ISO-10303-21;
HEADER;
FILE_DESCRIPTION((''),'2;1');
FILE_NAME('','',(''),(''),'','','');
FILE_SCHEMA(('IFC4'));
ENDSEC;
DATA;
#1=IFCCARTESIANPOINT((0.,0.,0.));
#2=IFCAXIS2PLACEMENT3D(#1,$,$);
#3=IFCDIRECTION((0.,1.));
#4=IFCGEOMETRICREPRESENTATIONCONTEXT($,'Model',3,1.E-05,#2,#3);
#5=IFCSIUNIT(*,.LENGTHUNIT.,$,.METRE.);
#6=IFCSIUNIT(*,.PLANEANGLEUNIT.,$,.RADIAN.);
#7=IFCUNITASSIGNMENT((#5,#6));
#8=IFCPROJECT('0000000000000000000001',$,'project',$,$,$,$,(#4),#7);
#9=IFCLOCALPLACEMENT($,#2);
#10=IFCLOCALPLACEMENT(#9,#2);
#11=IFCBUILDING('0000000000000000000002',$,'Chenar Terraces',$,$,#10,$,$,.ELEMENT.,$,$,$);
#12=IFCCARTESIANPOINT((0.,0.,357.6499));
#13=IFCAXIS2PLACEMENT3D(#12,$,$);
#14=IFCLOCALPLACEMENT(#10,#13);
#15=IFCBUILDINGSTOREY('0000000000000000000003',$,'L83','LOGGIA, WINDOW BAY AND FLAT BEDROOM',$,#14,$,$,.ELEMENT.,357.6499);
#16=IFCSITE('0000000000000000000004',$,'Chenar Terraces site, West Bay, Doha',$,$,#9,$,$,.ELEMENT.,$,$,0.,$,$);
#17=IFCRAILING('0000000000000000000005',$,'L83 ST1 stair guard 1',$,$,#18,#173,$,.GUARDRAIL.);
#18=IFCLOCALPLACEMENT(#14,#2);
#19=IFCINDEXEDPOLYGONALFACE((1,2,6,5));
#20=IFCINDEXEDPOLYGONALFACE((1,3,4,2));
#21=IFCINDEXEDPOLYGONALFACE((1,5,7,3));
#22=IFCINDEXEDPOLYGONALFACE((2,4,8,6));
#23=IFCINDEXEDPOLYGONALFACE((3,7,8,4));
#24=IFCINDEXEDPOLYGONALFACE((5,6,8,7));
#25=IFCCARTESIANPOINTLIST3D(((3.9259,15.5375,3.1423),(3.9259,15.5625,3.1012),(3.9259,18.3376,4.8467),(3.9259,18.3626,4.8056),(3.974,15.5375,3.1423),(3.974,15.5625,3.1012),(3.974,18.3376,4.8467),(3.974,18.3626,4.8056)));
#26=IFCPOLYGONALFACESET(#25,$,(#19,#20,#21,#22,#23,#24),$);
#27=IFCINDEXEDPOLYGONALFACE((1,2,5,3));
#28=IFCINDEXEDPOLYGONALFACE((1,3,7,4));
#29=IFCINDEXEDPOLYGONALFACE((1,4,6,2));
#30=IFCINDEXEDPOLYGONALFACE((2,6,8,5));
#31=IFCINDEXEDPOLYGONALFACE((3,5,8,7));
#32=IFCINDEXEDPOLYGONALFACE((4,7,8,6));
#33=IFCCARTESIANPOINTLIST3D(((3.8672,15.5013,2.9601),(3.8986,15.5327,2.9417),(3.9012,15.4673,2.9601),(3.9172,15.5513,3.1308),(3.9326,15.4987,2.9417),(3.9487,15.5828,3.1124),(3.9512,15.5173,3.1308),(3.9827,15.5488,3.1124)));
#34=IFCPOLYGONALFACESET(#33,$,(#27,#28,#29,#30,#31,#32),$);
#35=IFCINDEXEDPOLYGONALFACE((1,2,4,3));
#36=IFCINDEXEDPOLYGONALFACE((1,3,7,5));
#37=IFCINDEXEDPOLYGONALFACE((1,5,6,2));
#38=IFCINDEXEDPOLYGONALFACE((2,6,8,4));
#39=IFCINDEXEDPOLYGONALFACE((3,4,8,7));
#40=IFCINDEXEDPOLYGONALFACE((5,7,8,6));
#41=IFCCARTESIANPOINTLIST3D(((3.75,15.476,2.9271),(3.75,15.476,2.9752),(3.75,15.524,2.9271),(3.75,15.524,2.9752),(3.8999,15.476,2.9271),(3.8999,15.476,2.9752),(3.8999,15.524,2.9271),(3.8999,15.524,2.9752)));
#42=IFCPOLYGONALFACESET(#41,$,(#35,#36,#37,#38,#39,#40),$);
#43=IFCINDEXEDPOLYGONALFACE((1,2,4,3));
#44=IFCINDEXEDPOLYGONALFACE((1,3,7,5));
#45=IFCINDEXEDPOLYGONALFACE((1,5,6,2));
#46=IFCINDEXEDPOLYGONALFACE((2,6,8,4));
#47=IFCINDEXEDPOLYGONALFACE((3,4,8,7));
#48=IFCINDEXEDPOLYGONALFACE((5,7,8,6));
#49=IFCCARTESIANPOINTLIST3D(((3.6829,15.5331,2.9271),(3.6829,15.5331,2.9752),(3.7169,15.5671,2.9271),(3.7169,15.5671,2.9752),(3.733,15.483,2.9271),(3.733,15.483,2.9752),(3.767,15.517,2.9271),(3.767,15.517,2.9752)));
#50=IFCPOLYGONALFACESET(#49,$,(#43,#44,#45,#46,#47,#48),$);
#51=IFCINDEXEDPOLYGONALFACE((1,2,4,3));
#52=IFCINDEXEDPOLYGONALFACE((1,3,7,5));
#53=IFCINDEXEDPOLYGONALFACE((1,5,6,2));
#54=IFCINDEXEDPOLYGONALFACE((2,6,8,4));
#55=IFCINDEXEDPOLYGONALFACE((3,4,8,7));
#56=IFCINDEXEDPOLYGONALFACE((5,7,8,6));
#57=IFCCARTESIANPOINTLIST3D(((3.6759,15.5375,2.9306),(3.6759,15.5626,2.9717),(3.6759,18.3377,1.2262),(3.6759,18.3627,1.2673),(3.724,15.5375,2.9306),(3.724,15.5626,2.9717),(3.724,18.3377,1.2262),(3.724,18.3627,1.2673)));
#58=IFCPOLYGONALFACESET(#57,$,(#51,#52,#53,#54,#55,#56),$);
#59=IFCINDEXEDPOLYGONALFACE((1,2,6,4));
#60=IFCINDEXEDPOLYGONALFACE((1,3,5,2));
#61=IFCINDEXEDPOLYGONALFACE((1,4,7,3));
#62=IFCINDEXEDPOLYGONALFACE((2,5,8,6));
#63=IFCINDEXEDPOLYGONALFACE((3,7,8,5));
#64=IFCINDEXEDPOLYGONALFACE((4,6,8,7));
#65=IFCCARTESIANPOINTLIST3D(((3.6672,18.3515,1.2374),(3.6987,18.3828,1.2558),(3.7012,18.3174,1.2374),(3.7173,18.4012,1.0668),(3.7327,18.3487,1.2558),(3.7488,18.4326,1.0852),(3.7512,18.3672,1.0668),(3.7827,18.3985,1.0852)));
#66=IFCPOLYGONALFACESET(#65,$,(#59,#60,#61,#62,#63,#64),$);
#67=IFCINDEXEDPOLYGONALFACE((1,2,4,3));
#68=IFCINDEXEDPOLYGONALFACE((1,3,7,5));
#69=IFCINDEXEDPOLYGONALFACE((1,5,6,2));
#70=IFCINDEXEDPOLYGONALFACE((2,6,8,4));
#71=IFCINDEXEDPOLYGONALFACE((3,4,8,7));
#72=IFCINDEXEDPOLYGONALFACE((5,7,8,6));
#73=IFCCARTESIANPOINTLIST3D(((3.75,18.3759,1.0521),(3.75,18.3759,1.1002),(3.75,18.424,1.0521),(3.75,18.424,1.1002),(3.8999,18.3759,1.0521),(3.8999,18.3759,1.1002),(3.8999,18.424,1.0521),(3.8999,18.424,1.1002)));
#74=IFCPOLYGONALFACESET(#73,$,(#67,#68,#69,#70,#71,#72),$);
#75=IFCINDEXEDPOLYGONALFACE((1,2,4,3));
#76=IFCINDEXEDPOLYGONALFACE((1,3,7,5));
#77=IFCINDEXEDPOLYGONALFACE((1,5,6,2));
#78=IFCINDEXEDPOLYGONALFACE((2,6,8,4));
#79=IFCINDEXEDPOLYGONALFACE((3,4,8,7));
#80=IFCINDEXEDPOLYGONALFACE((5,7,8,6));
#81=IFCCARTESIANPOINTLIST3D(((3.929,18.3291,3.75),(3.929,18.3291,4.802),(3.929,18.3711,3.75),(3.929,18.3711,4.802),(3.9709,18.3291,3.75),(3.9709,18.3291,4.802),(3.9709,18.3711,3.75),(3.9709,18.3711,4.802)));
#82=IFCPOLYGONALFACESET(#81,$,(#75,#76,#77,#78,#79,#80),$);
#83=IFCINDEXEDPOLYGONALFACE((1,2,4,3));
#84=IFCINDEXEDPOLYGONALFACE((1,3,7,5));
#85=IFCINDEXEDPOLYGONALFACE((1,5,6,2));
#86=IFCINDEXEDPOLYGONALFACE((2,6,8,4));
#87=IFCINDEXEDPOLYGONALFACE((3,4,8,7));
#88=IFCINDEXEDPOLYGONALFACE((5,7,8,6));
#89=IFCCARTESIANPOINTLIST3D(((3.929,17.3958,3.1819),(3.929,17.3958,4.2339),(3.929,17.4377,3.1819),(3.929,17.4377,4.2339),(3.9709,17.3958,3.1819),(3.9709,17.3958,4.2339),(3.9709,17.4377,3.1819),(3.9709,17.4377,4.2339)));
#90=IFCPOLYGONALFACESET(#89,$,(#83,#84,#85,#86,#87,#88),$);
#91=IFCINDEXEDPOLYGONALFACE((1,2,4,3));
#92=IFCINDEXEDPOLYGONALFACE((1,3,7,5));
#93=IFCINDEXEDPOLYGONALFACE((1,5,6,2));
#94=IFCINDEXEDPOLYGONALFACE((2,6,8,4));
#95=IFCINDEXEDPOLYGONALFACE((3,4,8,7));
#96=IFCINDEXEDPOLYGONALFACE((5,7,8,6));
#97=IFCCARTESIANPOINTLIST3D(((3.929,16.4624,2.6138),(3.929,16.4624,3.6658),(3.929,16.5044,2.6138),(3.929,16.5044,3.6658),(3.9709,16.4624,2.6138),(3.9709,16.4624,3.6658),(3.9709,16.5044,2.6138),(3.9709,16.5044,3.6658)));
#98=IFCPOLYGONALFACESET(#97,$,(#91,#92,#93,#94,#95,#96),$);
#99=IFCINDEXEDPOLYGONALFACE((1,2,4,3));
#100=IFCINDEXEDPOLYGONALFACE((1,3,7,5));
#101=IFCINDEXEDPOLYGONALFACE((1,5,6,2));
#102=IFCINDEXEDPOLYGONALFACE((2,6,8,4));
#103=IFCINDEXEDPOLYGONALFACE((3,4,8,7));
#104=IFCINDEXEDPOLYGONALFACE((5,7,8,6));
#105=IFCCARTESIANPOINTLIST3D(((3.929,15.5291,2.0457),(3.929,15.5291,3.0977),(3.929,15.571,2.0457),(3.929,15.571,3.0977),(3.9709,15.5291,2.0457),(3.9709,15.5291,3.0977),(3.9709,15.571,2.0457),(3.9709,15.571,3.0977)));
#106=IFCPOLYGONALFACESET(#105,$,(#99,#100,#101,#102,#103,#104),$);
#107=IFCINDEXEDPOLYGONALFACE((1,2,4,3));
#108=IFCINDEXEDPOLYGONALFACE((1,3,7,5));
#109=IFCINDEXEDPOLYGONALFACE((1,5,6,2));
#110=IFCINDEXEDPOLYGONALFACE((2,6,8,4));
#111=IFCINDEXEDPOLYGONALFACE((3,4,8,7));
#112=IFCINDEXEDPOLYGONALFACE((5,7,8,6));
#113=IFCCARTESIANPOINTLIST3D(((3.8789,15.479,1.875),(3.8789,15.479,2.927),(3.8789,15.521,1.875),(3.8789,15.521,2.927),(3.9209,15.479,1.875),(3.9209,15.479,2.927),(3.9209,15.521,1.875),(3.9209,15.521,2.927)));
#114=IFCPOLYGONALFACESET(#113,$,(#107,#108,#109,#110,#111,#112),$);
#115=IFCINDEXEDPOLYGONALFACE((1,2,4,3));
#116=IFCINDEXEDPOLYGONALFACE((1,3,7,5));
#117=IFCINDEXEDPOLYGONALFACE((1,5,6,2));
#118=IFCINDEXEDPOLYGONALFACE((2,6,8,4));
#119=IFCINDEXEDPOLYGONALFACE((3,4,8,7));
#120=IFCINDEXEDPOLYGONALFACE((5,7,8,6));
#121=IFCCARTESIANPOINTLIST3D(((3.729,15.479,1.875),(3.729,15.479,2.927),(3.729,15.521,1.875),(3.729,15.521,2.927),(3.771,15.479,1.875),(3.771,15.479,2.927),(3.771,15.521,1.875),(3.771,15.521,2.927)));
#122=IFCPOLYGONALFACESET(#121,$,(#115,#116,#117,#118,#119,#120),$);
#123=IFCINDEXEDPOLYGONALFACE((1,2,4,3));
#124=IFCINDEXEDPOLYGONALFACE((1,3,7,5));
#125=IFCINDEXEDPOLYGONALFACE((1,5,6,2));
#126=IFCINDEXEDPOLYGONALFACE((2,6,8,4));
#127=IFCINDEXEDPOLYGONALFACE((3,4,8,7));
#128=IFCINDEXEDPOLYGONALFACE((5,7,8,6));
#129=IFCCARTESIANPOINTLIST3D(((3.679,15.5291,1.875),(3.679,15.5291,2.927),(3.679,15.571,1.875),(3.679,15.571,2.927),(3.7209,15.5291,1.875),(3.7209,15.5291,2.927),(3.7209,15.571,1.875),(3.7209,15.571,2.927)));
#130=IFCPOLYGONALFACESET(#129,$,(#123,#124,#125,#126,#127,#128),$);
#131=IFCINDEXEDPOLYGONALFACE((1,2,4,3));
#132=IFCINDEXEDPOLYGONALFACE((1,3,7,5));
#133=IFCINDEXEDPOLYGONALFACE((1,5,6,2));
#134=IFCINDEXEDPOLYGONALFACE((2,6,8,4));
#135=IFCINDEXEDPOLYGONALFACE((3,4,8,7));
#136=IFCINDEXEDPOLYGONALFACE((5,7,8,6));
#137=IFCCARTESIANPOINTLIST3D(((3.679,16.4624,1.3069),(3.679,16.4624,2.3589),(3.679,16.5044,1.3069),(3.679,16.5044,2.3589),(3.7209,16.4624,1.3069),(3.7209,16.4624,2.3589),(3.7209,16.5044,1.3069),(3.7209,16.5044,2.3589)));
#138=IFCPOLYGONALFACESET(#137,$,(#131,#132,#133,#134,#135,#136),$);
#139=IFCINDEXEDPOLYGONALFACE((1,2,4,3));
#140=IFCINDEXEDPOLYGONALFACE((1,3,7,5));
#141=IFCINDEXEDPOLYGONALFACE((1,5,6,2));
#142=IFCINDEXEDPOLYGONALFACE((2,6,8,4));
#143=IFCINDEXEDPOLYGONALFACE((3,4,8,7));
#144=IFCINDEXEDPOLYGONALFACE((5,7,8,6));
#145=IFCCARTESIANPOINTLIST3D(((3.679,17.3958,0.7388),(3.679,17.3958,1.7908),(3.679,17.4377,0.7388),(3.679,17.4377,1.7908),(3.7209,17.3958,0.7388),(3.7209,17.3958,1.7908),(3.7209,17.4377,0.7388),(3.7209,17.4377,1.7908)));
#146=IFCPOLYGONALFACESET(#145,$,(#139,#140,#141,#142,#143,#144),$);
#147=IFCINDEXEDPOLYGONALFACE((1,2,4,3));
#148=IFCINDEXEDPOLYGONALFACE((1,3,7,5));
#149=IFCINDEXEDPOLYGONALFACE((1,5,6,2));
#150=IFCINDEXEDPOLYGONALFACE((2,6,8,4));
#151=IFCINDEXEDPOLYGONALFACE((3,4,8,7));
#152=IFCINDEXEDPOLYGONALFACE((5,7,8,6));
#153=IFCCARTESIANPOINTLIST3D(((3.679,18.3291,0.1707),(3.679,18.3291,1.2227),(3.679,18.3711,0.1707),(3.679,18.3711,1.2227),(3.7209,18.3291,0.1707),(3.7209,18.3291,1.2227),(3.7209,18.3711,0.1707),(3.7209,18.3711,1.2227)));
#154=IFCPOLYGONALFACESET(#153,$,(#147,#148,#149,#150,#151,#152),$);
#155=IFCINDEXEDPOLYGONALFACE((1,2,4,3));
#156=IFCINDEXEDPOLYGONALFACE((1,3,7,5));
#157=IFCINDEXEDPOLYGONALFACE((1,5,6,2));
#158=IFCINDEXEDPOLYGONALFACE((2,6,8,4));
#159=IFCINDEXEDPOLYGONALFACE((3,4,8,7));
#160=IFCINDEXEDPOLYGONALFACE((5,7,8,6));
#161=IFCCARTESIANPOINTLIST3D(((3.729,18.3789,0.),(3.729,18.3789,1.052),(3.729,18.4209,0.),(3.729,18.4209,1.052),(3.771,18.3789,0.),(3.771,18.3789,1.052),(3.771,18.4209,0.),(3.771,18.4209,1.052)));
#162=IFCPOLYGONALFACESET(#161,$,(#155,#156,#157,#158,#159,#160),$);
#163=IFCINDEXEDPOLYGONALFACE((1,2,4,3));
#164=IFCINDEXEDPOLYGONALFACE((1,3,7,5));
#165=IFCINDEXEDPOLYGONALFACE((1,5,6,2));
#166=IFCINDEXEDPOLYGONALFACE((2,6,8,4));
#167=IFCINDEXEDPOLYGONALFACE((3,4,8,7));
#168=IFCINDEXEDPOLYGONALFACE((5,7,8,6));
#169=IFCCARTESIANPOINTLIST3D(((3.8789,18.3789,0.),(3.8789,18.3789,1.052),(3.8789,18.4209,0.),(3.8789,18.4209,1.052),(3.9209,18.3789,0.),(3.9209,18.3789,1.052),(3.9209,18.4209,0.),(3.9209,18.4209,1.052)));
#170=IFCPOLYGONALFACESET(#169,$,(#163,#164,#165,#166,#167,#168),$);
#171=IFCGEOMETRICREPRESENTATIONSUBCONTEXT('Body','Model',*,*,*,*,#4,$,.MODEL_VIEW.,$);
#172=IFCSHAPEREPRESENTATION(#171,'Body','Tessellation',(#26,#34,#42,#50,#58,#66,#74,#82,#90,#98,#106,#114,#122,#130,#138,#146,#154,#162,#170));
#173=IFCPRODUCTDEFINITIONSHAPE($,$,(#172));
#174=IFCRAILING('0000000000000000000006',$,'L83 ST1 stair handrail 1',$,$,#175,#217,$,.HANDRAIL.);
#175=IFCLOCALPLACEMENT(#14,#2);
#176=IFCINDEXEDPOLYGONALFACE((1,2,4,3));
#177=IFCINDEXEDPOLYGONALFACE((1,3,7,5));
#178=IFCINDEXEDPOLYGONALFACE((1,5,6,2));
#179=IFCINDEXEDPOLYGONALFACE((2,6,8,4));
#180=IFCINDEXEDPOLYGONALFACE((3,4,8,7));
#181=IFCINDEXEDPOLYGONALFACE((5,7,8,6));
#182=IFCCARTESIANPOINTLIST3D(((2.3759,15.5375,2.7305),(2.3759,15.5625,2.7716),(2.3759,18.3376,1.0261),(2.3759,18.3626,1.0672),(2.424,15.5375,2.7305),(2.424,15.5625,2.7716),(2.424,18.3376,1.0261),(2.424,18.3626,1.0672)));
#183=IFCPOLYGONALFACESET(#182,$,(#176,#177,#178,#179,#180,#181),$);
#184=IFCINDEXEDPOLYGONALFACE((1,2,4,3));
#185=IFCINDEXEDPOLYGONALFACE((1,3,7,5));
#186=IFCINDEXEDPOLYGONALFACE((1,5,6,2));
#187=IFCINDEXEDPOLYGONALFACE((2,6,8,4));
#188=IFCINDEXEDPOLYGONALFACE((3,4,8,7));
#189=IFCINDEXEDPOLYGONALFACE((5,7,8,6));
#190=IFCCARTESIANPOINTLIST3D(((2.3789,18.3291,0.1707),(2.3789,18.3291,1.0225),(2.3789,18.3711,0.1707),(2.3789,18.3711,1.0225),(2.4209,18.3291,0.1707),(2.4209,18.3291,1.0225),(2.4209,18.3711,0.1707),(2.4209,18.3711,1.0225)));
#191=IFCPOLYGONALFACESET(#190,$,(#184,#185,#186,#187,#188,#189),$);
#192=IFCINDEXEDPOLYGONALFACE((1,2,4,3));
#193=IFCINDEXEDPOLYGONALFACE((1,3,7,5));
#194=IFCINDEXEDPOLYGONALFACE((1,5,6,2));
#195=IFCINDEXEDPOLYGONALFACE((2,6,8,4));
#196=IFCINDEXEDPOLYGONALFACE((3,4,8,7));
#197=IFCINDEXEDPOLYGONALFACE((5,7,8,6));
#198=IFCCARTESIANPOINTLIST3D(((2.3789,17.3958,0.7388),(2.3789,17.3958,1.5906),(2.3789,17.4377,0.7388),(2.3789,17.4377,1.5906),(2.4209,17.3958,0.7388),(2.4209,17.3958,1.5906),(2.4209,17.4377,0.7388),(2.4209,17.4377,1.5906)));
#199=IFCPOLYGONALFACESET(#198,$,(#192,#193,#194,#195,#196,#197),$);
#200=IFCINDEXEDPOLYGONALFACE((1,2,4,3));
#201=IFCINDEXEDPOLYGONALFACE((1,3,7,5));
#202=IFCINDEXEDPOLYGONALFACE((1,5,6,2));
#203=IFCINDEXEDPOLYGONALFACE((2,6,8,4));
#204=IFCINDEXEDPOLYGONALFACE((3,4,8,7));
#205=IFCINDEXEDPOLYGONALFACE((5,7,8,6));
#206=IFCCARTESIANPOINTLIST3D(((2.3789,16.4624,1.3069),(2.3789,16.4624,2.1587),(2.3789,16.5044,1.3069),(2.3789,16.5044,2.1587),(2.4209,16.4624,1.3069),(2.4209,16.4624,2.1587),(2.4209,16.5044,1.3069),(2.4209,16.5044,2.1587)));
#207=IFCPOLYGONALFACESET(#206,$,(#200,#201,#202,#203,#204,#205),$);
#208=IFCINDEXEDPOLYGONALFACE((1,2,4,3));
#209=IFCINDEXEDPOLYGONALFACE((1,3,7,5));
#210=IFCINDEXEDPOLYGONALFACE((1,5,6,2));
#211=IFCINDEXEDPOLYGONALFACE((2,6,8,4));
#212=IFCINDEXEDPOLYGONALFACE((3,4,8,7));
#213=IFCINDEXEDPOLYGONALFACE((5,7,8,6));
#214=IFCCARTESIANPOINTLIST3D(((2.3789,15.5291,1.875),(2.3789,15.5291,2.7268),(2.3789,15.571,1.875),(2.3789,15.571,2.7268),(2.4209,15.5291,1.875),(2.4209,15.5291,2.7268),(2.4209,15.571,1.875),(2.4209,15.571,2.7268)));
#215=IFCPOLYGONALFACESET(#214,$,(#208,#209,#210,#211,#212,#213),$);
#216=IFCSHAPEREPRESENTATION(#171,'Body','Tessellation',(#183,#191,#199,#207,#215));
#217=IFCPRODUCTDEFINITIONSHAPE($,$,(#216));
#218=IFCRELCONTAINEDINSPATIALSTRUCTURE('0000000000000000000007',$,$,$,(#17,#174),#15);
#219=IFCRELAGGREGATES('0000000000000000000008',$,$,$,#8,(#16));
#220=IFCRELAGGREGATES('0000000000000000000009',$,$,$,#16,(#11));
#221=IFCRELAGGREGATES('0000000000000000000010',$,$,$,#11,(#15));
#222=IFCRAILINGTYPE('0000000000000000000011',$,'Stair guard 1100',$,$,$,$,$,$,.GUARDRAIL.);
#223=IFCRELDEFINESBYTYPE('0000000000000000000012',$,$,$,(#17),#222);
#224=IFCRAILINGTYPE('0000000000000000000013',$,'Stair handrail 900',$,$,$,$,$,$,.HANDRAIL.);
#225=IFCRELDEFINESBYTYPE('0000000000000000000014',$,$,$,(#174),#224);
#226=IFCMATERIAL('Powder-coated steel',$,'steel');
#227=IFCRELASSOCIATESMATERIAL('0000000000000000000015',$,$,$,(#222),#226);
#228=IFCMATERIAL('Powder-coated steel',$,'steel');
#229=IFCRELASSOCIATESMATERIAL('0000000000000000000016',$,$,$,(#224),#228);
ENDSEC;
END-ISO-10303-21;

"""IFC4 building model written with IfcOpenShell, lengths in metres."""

from ifc_helpers import new_model, si_unit, direction, frame, origin, origin_2d, place, context, subcontext, project, spatial, rectangle, extrude, material, type_object, element, save


model = new_model("IFC4")

# Units and contexts
model_context = context("Model", 3, precision=1e-05, world=origin(), true_north=direction((0.0, 1.0)))
body_context = subcontext(model_context, "Body", "Model", "MODEL_VIEW")
ifc_project = project(units=[si_unit("LENGTHUNIT", "METRE"), si_unit("PLANEANGLEUNIT", "RADIAN")], contexts=[model_context])

# Site, building, storey
site_placement = place(None, origin())
site = spatial("IfcSite", under=ifc_project, at=site_placement, Name="Chenar Terraces site, West Bay, Doha", CompositionType="ELEMENT", RefElevation=0.0)
building_placement = place(site_placement, origin())
building = spatial("IfcBuilding", under=site, at=building_placement, Name="Chenar Terraces", CompositionType="ELEMENT")
storey_placement = place(building_placement, frame((0.0, 0.0, 357.6499)))
storey = spatial("IfcBuildingStorey", under=building, at=storey_placement, Name="L83", Description="LOGGIA, WINDOW BAY AND FLAT BEDROOM", CompositionType="ELEMENT", Elevation=357.6499)

# Railings
ifc_material_1 = material(Name="Powder-coated steel", Category="steel")
railing_type_1 = type_object("IfcRailingType", Name="Stair guard 1100", PredefinedType="GUARDRAIL", material=ifc_material_1)
railing_1_placement = place(storey_placement, frame((3.95, 18.3501, 3.75)))
element("IfcRailing", 1, at=railing_1_placement, inside=storey, type_object=railing_type_1, Name="L83 ST1 stair guard 1", PredefinedType="GUARDRAIL", context=body_context, shape_type="SweptSolid", body=[
    extrude(rectangle(XDim=0.0481, YDim=0.0481, at=origin_2d()), frame((0.0, 0.0, 1.0762), z_axis=(0.0, -0.854203, -0.51994), x_axis=(1.0, 0.0, 0.0)), (0.0, 0.0, 1.0), 3.2781),
    extrude(rectangle(XDim=0.0481, YDim=0.0481, at=origin_2d()), frame((0.0, -2.8, -0.6284), z_axis=(-0.2709, -0.2709, -0.923703), x_axis=(0.707107, -0.707107, 0.0)), (0.0, 0.0, 1.0), 0.1848),
    extrude(rectangle(XDim=0.0481, YDim=0.0481, at=origin_2d()), frame((-0.05, -2.8501, -0.7988), z_axis=(-1.0, 0.0, 0.0), x_axis=(0.0, -1.0, 0.0)), (0.0, 0.0, 1.0), 0.1499),
    extrude(rectangle(XDim=0.0481, YDim=0.0481, at=origin_2d()), frame((-0.2, -2.8501, -0.7988), z_axis=(-0.707107, 0.707107, 0.0), x_axis=(-0.707107, -0.707107, 0.0)), (0.0, 0.0, 1.0), 0.0708),
    extrude(rectangle(XDim=0.0481, YDim=0.0481, at=origin_2d()), frame((-0.25, -2.8, -0.7988), z_axis=(0.0, 0.854203, -0.51994), x_axis=(-1.0, 0.0, 0.0)), (0.0, 0.0, 1.0), 3.2781),
    extrude(rectangle(XDim=0.0481, YDim=0.0481, at=origin_2d()), frame((-0.25, 0.0, -2.5034), z_axis=(0.270997, 0.269675, -0.924033), x_axis=(-0.705376, 0.708834, 0.0)), (0.0, 0.0, 1.0), 0.1846),
    extrude(rectangle(XDim=0.0481, YDim=0.0481, at=origin_2d()), frame((-0.2, 0.0498, -2.6738), z_axis=(1.0, 0.0, 0.0), x_axis=(0.0, 1.0, 0.0)), (0.0, 0.0, 1.0), 0.1499),
    extrude(rectangle(XDim=0.042, YDim=0.042, at=origin_2d()), origin(), (0.0, 0.0, 1.0), 1.052),
    extrude(rectangle(XDim=0.042, YDim=0.042, at=origin_2d()), frame((0.0, -0.9333, -0.5681)), (0.0, 0.0, 1.0), 1.052),
    extrude(rectangle(XDim=0.042, YDim=0.042, at=origin_2d()), frame((0.0, -1.8667, -1.1362)), (0.0, 0.0, 1.0), 1.052),
    extrude(rectangle(XDim=0.042, YDim=0.042, at=origin_2d()), frame((0.0, -2.8, -1.7043)), (0.0, 0.0, 1.0), 1.052),
    extrude(rectangle(XDim=0.042, YDim=0.042, at=origin_2d()), frame((-0.05, -2.8501, -1.875)), (0.0, 0.0, 1.0), 1.052),
    extrude(rectangle(XDim=0.042, YDim=0.042, at=origin_2d()), frame((-0.2, -2.8501, -1.875)), (0.0, 0.0, 1.0), 1.052),
    extrude(rectangle(XDim=0.042, YDim=0.042, at=origin_2d()), frame((-0.25, -2.8, -1.875)), (0.0, 0.0, 1.0), 1.052),
    extrude(rectangle(XDim=0.042, YDim=0.042, at=origin_2d()), frame((-0.25, -1.8667, -2.4431)), (0.0, 0.0, 1.0), 1.052),
    extrude(rectangle(XDim=0.042, YDim=0.042, at=origin_2d()), frame((-0.25, -0.9333, -3.0112)), (0.0, 0.0, 1.0), 1.052),
    extrude(rectangle(XDim=0.042, YDim=0.042, at=origin_2d()), frame((-0.25, 0.0, -3.5793)), (0.0, 0.0, 1.0), 1.052),
    extrude(rectangle(XDim=0.042, YDim=0.042, at=origin_2d()), frame((-0.2, 0.0498, -3.75)), (0.0, 0.0, 1.0), 1.052),
    extrude(rectangle(XDim=0.042, YDim=0.042, at=origin_2d()), frame((-0.05, 0.0498, -3.75)), (0.0, 0.0, 1.0), 1.052),
])
ifc_material_2 = material(Name="Powder-coated steel", Category="steel")
railing_type_2 = type_object("IfcRailingType", Name="Stair handrail 900", PredefinedType="HANDRAIL", material=ifc_material_2)
railing_2_placement = place(storey_placement, frame((2.3999, 18.3501, 0.1707)))
element("IfcRailing", 2, at=railing_2_placement, inside=storey, type_object=railing_type_2, Name="L83 ST1 stair handrail 1", PredefinedType="HANDRAIL", context=body_context, shape_type="SweptSolid", body=[
    extrude(rectangle(XDim=0.0481, YDim=0.0481, at=origin_2d()), frame((0.0, 0.0, 0.876), z_axis=(0.0, -0.854203, 0.51994), x_axis=(1.0, 0.0, 0.0)), (0.0, 0.0, 1.0), 3.2781),
    extrude(rectangle(XDim=0.042, YDim=0.042, at=origin_2d()), origin(), (0.0, 0.0, 1.0), 0.8518),
    extrude(rectangle(XDim=0.042, YDim=0.042, at=origin_2d()), frame((0.0, -0.9333, 0.5681)), (0.0, 0.0, 1.0), 0.8518),
    extrude(rectangle(XDim=0.042, YDim=0.042, at=origin_2d()), frame((0.0, -1.8667, 1.1362)), (0.0, 0.0, 1.0), 0.8518),
    extrude(rectangle(XDim=0.042, YDim=0.042, at=origin_2d()), frame((0.0, -2.8, 1.7043)), (0.0, 0.0, 1.0), 0.8518),
])

save(model, "model.ifc")
